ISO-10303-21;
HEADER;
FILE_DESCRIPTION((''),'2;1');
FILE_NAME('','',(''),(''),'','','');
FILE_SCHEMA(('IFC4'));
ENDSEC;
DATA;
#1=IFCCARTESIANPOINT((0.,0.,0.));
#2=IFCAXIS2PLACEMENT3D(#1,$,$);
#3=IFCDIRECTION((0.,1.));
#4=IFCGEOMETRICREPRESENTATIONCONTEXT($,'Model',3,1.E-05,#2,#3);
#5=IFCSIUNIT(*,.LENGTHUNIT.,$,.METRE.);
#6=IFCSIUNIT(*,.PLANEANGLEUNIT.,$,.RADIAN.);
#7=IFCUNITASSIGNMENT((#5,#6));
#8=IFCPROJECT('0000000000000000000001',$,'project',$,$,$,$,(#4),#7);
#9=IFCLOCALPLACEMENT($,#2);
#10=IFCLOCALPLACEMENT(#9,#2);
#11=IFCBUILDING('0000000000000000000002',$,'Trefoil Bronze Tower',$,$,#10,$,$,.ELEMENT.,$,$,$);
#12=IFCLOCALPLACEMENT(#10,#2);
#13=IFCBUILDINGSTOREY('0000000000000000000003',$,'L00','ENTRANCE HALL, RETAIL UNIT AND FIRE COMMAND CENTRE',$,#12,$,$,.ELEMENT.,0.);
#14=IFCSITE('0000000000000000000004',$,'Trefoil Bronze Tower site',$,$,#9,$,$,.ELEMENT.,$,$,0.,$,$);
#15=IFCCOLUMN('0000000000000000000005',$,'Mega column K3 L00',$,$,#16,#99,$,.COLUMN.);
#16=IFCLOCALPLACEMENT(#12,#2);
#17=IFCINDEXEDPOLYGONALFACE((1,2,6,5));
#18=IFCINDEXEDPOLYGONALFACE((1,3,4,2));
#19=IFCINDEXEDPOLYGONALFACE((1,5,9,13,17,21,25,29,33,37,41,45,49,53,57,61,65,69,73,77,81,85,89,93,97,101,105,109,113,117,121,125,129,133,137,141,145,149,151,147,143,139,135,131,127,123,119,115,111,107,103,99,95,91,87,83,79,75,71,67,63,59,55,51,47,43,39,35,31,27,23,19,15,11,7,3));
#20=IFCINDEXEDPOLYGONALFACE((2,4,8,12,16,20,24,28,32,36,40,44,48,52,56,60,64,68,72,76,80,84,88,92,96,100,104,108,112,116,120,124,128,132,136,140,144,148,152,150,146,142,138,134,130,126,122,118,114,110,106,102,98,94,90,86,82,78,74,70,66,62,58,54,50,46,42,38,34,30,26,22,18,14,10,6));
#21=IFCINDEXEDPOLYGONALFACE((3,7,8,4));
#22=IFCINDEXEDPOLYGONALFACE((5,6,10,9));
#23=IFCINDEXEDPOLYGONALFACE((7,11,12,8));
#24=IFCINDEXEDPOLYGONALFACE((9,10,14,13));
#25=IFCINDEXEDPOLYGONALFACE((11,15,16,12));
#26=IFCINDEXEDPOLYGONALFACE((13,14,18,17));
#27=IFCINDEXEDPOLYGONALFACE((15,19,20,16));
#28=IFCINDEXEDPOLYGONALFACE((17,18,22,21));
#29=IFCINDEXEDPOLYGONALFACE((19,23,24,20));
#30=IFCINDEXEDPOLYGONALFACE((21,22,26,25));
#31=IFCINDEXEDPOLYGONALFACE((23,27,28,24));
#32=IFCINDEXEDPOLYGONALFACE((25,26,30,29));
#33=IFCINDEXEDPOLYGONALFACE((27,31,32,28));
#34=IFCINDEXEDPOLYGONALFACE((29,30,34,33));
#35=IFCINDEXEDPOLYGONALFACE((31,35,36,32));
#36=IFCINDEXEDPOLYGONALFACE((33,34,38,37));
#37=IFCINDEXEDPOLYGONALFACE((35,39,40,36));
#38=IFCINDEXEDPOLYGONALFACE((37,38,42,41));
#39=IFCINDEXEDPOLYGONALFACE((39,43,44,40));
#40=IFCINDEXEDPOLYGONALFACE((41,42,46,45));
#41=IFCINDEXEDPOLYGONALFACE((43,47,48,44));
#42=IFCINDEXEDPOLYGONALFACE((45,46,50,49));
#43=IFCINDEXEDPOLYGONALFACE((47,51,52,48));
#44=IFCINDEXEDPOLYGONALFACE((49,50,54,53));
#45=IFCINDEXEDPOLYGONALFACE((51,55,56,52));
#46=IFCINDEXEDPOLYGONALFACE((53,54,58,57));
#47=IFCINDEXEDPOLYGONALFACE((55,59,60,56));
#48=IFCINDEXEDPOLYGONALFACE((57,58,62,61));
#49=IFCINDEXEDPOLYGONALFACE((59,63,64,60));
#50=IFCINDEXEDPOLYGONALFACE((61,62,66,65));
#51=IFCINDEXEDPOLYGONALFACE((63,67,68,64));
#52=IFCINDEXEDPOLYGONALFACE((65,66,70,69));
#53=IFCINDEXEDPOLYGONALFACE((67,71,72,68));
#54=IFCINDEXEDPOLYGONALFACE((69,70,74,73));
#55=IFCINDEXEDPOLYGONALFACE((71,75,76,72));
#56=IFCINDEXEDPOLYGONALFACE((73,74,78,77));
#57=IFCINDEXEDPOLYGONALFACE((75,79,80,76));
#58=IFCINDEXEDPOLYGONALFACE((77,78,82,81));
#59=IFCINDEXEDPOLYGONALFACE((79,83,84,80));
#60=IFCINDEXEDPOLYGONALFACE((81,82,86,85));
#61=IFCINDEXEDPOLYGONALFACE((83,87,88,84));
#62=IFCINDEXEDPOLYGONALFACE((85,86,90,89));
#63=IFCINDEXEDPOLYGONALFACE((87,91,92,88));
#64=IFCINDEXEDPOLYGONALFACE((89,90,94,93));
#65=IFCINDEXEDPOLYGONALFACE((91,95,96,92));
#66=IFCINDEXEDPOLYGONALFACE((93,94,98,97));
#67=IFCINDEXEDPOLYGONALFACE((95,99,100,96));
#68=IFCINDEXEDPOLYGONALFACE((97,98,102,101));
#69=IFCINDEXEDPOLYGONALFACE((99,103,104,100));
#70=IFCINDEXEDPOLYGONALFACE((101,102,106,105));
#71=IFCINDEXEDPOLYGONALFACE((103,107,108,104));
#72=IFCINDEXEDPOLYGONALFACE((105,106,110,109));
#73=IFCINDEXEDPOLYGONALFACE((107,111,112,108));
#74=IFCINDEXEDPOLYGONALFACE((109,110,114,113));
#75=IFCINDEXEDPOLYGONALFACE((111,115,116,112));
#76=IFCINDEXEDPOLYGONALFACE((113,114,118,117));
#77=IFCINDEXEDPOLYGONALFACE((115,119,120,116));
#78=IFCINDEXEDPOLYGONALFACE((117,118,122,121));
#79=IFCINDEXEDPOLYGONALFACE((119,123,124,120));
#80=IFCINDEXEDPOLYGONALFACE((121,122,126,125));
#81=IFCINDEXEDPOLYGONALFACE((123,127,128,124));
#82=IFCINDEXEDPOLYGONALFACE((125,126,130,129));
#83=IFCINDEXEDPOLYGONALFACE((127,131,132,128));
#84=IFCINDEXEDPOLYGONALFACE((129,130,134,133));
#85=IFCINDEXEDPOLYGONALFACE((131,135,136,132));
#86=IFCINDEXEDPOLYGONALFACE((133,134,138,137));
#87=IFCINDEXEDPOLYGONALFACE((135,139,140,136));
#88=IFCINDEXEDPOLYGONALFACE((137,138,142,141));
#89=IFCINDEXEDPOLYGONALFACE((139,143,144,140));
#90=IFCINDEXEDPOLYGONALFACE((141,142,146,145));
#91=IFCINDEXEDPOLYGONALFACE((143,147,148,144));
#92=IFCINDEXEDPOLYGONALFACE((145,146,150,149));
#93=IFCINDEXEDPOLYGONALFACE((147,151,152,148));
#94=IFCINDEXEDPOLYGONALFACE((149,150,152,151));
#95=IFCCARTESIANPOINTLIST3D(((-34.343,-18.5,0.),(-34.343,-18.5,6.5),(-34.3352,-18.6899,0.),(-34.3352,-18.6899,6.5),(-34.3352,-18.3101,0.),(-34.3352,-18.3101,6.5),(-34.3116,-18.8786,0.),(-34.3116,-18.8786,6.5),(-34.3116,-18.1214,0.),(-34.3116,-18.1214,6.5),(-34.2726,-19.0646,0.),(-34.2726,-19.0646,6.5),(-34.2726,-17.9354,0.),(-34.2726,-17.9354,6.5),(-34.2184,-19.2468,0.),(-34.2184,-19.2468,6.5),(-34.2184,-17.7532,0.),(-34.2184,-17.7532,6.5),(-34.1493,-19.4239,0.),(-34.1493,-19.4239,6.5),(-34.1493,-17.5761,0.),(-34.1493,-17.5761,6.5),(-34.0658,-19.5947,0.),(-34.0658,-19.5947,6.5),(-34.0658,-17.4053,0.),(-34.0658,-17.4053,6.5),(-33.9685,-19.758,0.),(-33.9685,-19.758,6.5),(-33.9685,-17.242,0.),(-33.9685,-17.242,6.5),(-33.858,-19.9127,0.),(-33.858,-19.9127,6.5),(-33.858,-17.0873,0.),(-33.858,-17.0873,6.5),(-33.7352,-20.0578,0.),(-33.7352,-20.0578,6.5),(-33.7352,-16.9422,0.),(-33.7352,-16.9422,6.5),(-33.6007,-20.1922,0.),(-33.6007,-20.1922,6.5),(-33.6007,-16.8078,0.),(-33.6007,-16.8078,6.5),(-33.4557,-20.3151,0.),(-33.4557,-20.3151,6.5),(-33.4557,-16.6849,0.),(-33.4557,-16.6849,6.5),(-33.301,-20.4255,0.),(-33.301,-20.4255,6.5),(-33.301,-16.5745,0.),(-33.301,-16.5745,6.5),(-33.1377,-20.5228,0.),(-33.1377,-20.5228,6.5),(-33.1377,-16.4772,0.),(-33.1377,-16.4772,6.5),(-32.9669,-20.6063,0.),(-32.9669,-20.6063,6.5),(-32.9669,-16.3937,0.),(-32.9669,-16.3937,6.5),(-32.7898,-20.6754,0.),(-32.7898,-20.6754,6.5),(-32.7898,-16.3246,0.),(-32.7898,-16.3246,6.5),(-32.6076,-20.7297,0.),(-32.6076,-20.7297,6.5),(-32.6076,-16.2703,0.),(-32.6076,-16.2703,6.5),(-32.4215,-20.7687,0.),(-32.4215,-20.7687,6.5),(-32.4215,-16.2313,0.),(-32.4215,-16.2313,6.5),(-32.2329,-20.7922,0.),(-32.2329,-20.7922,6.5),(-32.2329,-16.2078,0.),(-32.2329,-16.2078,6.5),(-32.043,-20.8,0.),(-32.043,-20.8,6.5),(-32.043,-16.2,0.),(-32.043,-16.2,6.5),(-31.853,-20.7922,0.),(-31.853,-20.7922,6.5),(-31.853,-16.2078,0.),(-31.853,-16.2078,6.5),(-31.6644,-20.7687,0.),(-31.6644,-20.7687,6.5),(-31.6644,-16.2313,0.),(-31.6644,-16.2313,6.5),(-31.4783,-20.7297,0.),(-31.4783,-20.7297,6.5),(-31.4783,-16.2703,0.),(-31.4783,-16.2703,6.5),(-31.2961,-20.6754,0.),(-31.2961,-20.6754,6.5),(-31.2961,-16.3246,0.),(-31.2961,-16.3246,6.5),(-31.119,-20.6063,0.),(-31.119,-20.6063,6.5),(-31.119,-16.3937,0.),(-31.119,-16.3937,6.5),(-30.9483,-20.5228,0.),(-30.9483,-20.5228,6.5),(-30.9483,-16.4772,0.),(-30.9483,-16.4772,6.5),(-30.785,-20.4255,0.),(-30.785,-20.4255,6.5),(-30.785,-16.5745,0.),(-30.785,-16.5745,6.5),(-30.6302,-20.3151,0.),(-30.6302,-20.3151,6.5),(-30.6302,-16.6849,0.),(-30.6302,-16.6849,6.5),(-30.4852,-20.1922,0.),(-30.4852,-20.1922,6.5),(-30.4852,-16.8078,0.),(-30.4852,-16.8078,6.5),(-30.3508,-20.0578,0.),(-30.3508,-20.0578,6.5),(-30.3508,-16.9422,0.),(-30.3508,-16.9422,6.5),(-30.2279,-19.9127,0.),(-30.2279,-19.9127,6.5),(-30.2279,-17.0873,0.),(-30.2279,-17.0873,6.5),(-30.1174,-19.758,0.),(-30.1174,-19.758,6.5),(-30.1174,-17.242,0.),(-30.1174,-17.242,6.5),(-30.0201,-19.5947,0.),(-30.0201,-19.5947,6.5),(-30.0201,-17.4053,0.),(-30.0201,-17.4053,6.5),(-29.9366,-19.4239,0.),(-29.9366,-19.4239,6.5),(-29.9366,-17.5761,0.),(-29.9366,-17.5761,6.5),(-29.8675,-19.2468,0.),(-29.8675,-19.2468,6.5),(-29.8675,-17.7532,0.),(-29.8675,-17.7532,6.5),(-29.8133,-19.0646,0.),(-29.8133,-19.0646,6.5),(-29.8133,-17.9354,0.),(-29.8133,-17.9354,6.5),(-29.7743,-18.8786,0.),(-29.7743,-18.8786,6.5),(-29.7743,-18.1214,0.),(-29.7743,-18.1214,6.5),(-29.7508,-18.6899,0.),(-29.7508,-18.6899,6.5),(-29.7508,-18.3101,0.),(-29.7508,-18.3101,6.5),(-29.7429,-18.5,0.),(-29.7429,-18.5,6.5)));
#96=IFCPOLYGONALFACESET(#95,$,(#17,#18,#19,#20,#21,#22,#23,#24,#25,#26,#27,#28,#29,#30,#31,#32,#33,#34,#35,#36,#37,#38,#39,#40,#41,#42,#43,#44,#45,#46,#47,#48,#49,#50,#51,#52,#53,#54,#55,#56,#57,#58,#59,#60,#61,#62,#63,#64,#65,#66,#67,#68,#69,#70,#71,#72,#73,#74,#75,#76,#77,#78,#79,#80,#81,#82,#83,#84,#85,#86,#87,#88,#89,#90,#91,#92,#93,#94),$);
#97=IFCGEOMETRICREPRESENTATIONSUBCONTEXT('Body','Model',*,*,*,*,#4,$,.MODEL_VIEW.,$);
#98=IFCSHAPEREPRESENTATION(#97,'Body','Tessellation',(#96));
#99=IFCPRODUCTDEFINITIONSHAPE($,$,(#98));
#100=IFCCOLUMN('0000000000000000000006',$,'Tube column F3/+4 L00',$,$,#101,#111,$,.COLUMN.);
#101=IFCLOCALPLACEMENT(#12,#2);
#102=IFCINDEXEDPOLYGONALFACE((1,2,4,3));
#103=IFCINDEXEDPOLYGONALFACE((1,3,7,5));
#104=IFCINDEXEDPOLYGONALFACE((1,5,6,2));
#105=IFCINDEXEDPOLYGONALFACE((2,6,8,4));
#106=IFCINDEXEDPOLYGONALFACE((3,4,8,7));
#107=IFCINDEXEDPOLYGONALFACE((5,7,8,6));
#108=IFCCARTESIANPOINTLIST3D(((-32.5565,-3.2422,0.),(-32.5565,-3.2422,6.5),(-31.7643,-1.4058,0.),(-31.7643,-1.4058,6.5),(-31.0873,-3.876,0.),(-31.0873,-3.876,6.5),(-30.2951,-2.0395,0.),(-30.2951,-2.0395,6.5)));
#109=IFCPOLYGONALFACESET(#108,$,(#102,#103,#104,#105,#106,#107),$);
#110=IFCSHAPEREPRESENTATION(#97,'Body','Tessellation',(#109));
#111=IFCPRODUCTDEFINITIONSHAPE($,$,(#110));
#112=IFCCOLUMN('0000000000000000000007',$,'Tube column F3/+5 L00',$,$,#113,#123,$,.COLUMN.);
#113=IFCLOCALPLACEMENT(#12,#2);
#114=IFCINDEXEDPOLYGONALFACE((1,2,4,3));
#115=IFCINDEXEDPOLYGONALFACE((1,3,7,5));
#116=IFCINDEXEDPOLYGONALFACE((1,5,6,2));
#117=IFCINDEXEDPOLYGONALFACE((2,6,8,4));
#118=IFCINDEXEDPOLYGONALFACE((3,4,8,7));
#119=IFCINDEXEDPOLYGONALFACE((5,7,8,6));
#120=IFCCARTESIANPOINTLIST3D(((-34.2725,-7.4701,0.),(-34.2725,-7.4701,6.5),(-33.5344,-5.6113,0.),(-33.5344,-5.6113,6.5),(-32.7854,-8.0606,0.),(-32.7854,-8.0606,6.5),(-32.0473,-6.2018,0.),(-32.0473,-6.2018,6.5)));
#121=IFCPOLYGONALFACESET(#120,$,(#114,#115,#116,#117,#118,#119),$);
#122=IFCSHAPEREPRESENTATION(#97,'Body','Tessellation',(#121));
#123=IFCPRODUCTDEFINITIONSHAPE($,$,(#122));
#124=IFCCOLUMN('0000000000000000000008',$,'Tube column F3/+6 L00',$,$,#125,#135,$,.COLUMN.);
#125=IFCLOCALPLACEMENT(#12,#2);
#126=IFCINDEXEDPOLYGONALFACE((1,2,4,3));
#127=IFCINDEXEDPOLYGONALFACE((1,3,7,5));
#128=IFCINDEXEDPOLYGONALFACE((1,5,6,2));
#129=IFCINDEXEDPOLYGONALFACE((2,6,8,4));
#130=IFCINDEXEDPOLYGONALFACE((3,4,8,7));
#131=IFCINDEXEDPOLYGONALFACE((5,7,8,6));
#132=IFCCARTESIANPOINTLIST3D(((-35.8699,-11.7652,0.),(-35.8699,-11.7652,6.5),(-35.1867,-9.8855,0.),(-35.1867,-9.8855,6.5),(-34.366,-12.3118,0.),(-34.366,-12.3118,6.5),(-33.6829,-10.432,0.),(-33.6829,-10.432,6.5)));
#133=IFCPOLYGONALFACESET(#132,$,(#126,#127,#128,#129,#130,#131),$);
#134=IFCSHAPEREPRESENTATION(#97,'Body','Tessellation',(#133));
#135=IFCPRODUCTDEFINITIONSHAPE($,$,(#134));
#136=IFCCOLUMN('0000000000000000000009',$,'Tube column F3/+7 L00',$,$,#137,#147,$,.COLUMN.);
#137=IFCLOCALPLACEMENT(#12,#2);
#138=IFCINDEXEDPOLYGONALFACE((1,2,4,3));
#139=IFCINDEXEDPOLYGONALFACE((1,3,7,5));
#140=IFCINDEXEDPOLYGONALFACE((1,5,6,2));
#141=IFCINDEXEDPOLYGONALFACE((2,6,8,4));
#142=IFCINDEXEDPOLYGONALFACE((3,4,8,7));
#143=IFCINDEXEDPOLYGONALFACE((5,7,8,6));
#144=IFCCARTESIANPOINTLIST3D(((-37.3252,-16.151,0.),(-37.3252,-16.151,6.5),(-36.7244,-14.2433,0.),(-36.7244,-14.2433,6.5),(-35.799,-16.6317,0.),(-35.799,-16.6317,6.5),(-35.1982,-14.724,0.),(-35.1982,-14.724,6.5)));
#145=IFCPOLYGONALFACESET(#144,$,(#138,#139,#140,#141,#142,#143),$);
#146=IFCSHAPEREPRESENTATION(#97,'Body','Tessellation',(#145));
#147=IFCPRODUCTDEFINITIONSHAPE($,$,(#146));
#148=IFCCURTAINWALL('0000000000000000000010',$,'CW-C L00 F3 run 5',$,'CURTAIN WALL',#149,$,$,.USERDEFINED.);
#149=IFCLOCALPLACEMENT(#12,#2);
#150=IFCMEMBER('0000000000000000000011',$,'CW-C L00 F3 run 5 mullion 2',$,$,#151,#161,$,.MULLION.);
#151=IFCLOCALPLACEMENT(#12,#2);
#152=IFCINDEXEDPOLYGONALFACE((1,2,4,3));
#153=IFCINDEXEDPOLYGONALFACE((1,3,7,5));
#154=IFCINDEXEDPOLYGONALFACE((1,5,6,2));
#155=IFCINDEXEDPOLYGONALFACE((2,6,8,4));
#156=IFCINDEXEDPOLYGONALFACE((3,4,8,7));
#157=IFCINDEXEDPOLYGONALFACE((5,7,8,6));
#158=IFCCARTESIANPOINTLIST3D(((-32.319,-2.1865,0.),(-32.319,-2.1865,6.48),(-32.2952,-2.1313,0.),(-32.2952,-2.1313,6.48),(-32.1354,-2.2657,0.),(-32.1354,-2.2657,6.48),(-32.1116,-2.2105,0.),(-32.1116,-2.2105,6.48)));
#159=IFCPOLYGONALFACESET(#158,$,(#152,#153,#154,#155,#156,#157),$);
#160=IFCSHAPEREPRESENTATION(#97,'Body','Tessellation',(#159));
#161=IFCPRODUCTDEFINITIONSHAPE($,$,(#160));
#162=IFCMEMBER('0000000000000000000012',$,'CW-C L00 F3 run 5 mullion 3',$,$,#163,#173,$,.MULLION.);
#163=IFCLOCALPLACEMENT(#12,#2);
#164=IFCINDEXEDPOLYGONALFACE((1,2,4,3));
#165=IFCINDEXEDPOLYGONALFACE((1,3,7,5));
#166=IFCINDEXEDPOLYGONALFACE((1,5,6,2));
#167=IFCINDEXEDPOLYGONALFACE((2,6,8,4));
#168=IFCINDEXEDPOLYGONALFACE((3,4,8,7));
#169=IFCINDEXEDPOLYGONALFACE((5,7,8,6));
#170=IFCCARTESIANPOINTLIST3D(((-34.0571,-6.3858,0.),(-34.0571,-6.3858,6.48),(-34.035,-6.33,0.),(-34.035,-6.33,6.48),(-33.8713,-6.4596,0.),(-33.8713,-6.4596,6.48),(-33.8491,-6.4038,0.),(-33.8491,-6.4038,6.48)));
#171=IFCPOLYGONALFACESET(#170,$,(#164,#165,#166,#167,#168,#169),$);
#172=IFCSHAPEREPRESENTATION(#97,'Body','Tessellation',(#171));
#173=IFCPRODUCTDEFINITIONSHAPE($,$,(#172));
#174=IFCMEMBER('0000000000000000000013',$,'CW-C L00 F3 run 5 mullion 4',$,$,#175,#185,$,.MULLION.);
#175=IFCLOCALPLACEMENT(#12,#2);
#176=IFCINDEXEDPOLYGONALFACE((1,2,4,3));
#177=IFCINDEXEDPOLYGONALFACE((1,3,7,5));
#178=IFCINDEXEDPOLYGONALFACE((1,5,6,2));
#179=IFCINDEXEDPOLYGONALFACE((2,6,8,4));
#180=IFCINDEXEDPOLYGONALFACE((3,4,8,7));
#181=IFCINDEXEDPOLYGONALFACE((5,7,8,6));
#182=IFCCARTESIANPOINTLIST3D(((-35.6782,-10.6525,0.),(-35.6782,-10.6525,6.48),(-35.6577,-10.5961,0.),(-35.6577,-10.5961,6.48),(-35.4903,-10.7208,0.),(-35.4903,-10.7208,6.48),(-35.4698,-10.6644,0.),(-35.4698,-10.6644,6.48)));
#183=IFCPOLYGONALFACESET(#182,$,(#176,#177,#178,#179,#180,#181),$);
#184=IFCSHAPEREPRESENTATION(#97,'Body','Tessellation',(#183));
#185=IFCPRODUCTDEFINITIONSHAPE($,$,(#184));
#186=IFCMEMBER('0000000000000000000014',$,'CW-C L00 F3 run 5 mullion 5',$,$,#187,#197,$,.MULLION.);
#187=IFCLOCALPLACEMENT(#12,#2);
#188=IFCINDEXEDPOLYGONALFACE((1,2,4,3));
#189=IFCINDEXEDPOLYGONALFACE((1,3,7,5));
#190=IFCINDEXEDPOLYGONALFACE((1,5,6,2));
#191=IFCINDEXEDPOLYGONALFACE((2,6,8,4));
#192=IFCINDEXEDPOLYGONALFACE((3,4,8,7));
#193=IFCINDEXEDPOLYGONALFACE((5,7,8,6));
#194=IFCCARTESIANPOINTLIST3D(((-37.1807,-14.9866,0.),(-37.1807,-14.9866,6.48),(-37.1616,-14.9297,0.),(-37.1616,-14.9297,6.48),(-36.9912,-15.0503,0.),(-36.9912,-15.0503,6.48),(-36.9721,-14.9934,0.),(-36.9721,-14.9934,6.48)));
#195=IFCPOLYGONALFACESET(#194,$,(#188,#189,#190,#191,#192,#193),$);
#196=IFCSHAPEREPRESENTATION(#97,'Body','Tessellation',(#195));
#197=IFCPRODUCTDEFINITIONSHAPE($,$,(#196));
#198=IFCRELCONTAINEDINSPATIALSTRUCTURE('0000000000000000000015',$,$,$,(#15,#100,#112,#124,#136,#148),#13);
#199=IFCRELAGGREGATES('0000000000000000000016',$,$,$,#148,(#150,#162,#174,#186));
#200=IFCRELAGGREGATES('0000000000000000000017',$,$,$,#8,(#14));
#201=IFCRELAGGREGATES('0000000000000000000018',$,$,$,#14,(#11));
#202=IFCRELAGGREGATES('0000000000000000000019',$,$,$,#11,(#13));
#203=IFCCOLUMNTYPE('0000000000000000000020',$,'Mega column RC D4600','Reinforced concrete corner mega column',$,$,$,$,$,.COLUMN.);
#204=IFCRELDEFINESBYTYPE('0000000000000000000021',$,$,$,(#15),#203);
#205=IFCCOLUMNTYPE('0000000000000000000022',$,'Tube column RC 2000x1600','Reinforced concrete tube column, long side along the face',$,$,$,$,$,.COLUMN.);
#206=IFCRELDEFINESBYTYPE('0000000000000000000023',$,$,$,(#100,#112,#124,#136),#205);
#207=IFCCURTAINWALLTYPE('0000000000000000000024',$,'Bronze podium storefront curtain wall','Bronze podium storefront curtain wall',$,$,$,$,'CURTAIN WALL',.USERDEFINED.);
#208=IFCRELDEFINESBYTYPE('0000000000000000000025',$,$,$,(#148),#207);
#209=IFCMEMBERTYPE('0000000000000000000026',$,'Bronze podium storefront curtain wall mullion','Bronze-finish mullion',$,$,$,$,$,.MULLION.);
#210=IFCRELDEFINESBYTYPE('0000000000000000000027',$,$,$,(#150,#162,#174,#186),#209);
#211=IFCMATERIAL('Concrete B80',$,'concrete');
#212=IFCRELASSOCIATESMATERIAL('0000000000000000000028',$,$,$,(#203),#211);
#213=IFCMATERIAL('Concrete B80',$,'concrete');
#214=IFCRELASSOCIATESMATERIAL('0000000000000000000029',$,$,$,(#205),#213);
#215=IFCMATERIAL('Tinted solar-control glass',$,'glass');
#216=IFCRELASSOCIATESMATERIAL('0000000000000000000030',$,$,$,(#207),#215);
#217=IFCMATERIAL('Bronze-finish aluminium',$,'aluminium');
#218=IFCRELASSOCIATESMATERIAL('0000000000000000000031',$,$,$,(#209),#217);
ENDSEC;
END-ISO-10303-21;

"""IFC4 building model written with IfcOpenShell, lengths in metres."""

from ifc_helpers import new_model, si_unit, direction, frame, origin, origin_2d, place, context, subcontext, project, spatial, rectangle, circle, extrude, material, material_profile, profile_set, type_object, element, aggregate, save


model = new_model("IFC4")

# Units and contexts
model_context = context("Model", 3, precision=1e-05, world=origin(), true_north=direction((0.0, 1.0)))
body_context = subcontext(model_context, "Body", "Model", "MODEL_VIEW")
ifc_project = project(units=[si_unit("LENGTHUNIT", "METRE"), si_unit("PLANEANGLEUNIT", "RADIAN")], contexts=[model_context])

# Site, building, storey
site_placement = place(None, origin())
site = spatial("IfcSite", under=ifc_project, at=site_placement, Name="Trefoil Bronze Tower site", CompositionType="ELEMENT", RefElevation=0.0)
building_placement = place(site_placement, origin())
building = spatial("IfcBuilding", under=site, at=building_placement, Name="Trefoil Bronze Tower", CompositionType="ELEMENT")
storey_placement = place(building_placement, origin())
storey = spatial("IfcBuildingStorey", under=building, at=storey_placement, Name="L00", Description="ENTRANCE HALL, RETAIL UNIT AND FIRE COMMAND CENTRE", CompositionType="ELEMENT", Elevation=0.0)

# Columns
ifc_material_1 = material(Name="Concrete B80", Category="concrete")
ifc_material_profile_1 = material_profile(ifc_material_1, circle(Radius=2.3, at=origin_2d()), Name="RC D4600")
ifc_profile_set_1 = profile_set([ifc_material_profile_1], Name="Concrete B80")
column_type_1 = type_object("IfcColumnType", Name="Mega column RC D4600", Description="Reinforced concrete corner mega column", PredefinedType="COLUMN", material=ifc_profile_set_1)
column_placement = place(storey_placement, frame((-32.043, -18.5, 0.0), z_axis=(0.0, 0.0, 1.0), x_axis=(1.0, 0.0, 0.0)))
element("IfcColumn", 1, at=column_placement, inside=storey, type_object=column_type_1, Name="Mega column K3 L00", PredefinedType="COLUMN", context=body_context, shape_type="SweptSolid", body=[
    extrude(circle(Radius=2.3, at=origin_2d()), origin(), (0.0, 0.0, 1.0), 6.5),
])
ifc_material_2 = material(Name="Concrete B80", Category="concrete")
ifc_material_profile_2 = material_profile(ifc_material_2, rectangle(XDim=2.0, YDim=1.6001, at=origin_2d()), Name="RC 2000x1600")
ifc_profile_set_2 = profile_set([ifc_material_profile_2], Name="Concrete B80")
column_type_2 = type_object("IfcColumnType", Name="Tube column RC 2000x1600", Description="Reinforced concrete tube column, long side along the face", PredefinedType="COLUMN", material=ifc_profile_set_2)
for number, where, z_axis, x_axis, name in (
    (2, (-31.4258, -2.6409, 0.0), (0.0, 0.0, 1.0), (-0.396085, -0.918214, 0.0), "Tube column F3/+4 L00"),
    (3, (-33.1599, -6.8359, 0.0), (0.0, 0.0, 1.0), (-0.36904, -0.929414, 0.0), "Tube column F3/+5 L00"),
    (4, (-34.7764, -11.0986, 0.0), (0.0, 0.0, 1.0), (-0.341559, -0.93986, 0.0), "Tube column F3/+6 L00"),
    (5, (-36.2617, -15.4375, 0.0), (0.0, 0.0, 1.0), (-0.300414, -0.953809, 0.0), "Tube column F3/+7 L00"),
):
    element("IfcColumn", number, at=place(storey_placement, frame(where, z_axis=z_axis, x_axis=x_axis)), inside=storey, type_object=column_type_2, Name=name, PredefinedType="COLUMN", context=body_context, shape_type="SweptSolid", body=[
        extrude(rectangle(XDim=2.0, YDim=1.6001, at=origin_2d()), origin(), (0.0, 0.0, 1.0), 6.5),
    ])

# Curtain wall, members
ifc_material_3 = material(Name="Tinted solar-control glass", Category="glass")
curtain_wall_type_1 = type_object("IfcCurtainWallType", Name="Bronze podium storefront curtain wall", Description="Bronze podium storefront curtain wall", ElementType="CURTAIN WALL", PredefinedType="USERDEFINED", material=ifc_material_3)
curtain_wall_1_placement = place(storey_placement, origin())
curtain_wall_1 = element("IfcCurtainWall", 6, at=curtain_wall_1_placement, inside=storey, type_object=curtain_wall_type_1, Name="CW-C L00 F3 run 5", ObjectType="CURTAIN WALL", PredefinedType="USERDEFINED")
ifc_material_4 = material(Name="Bronze-finish aluminium", Category="aluminium")
ifc_material_profile_3 = material_profile(ifc_material_4, rectangle(XDim=0.2, YDim=0.0601, at=origin_2d()), Name="CW-C mullion")
ifc_profile_set_3 = profile_set([ifc_material_profile_3], Name="Bronze-finish aluminium")
member_type_1 = type_object("IfcMemberType", Name="Bronze podium storefront curtain wall mullion", Description="Bronze-finish mullion", PredefinedType="MULLION", material=ifc_profile_set_3)
member_1_placement = place(storey_placement, frame((-32.2153, -2.1985, 0.0), z_axis=(0.0, 0.0, 1.0), x_axis=(0.918214, -0.396085, 0.0)))
member_1 = element("IfcMember", 7, at=member_1_placement, type_object=member_type_1, Name="CW-C L00 F3 run 5 mullion 2", PredefinedType="MULLION", context=body_context, shape_type="SweptSolid", body=[
    extrude(rectangle(XDim=0.2, YDim=0.0601, at=origin_2d()), origin(), (0.0, 0.0, 1.0), 6.48),
])
member_2_placement = place(storey_placement, frame((-33.9531, -6.3948, 0.0), z_axis=(0.0, 0.0, 1.0), x_axis=(0.929414, -0.36904, 0.0)))
member_2 = element("IfcMember", 8, at=member_2_placement, type_object=member_type_1, Name="CW-C L00 F3 run 5 mullion 3", PredefinedType="MULLION", context=body_context, shape_type="SweptSolid", body=[
    extrude(rectangle(XDim=0.2, YDim=0.0601, at=origin_2d()), origin(), (0.0, 0.0, 1.0), 6.48),
])
member_3_placement = place(storey_placement, frame((-35.574, -10.6584, 0.0), z_axis=(0.0, 0.0, 1.0), x_axis=(0.93986, -0.341559, 0.0)))
member_3 = element("IfcMember", 9, at=member_3_placement, type_object=member_type_1, Name="CW-C L00 F3 run 5 mullion 4", PredefinedType="MULLION", context=body_context, shape_type="SweptSolid", body=[
    extrude(rectangle(XDim=0.2, YDim=0.0601, at=origin_2d()), origin(), (0.0, 0.0, 1.0), 6.48),
])
member_4_placement = place(storey_placement, frame((-37.0764, -14.99, 0.0), z_axis=(0.0, 0.0, 1.0), x_axis=(0.947851, -0.318715, 0.0)))
member_4 = element("IfcMember", 10, at=member_4_placement, type_object=member_type_1, Name="CW-C L00 F3 run 5 mullion 5", PredefinedType="MULLION", context=body_context, shape_type="SweptSolid", body=[
    extrude(rectangle(XDim=0.2, YDim=0.0601, at=origin_2d()), origin(), (0.0, 0.0, 1.0), 6.48),
])

aggregate(curtain_wall_1, [member_1, member_2, member_3, member_4])

save(model, "model.ifc")
